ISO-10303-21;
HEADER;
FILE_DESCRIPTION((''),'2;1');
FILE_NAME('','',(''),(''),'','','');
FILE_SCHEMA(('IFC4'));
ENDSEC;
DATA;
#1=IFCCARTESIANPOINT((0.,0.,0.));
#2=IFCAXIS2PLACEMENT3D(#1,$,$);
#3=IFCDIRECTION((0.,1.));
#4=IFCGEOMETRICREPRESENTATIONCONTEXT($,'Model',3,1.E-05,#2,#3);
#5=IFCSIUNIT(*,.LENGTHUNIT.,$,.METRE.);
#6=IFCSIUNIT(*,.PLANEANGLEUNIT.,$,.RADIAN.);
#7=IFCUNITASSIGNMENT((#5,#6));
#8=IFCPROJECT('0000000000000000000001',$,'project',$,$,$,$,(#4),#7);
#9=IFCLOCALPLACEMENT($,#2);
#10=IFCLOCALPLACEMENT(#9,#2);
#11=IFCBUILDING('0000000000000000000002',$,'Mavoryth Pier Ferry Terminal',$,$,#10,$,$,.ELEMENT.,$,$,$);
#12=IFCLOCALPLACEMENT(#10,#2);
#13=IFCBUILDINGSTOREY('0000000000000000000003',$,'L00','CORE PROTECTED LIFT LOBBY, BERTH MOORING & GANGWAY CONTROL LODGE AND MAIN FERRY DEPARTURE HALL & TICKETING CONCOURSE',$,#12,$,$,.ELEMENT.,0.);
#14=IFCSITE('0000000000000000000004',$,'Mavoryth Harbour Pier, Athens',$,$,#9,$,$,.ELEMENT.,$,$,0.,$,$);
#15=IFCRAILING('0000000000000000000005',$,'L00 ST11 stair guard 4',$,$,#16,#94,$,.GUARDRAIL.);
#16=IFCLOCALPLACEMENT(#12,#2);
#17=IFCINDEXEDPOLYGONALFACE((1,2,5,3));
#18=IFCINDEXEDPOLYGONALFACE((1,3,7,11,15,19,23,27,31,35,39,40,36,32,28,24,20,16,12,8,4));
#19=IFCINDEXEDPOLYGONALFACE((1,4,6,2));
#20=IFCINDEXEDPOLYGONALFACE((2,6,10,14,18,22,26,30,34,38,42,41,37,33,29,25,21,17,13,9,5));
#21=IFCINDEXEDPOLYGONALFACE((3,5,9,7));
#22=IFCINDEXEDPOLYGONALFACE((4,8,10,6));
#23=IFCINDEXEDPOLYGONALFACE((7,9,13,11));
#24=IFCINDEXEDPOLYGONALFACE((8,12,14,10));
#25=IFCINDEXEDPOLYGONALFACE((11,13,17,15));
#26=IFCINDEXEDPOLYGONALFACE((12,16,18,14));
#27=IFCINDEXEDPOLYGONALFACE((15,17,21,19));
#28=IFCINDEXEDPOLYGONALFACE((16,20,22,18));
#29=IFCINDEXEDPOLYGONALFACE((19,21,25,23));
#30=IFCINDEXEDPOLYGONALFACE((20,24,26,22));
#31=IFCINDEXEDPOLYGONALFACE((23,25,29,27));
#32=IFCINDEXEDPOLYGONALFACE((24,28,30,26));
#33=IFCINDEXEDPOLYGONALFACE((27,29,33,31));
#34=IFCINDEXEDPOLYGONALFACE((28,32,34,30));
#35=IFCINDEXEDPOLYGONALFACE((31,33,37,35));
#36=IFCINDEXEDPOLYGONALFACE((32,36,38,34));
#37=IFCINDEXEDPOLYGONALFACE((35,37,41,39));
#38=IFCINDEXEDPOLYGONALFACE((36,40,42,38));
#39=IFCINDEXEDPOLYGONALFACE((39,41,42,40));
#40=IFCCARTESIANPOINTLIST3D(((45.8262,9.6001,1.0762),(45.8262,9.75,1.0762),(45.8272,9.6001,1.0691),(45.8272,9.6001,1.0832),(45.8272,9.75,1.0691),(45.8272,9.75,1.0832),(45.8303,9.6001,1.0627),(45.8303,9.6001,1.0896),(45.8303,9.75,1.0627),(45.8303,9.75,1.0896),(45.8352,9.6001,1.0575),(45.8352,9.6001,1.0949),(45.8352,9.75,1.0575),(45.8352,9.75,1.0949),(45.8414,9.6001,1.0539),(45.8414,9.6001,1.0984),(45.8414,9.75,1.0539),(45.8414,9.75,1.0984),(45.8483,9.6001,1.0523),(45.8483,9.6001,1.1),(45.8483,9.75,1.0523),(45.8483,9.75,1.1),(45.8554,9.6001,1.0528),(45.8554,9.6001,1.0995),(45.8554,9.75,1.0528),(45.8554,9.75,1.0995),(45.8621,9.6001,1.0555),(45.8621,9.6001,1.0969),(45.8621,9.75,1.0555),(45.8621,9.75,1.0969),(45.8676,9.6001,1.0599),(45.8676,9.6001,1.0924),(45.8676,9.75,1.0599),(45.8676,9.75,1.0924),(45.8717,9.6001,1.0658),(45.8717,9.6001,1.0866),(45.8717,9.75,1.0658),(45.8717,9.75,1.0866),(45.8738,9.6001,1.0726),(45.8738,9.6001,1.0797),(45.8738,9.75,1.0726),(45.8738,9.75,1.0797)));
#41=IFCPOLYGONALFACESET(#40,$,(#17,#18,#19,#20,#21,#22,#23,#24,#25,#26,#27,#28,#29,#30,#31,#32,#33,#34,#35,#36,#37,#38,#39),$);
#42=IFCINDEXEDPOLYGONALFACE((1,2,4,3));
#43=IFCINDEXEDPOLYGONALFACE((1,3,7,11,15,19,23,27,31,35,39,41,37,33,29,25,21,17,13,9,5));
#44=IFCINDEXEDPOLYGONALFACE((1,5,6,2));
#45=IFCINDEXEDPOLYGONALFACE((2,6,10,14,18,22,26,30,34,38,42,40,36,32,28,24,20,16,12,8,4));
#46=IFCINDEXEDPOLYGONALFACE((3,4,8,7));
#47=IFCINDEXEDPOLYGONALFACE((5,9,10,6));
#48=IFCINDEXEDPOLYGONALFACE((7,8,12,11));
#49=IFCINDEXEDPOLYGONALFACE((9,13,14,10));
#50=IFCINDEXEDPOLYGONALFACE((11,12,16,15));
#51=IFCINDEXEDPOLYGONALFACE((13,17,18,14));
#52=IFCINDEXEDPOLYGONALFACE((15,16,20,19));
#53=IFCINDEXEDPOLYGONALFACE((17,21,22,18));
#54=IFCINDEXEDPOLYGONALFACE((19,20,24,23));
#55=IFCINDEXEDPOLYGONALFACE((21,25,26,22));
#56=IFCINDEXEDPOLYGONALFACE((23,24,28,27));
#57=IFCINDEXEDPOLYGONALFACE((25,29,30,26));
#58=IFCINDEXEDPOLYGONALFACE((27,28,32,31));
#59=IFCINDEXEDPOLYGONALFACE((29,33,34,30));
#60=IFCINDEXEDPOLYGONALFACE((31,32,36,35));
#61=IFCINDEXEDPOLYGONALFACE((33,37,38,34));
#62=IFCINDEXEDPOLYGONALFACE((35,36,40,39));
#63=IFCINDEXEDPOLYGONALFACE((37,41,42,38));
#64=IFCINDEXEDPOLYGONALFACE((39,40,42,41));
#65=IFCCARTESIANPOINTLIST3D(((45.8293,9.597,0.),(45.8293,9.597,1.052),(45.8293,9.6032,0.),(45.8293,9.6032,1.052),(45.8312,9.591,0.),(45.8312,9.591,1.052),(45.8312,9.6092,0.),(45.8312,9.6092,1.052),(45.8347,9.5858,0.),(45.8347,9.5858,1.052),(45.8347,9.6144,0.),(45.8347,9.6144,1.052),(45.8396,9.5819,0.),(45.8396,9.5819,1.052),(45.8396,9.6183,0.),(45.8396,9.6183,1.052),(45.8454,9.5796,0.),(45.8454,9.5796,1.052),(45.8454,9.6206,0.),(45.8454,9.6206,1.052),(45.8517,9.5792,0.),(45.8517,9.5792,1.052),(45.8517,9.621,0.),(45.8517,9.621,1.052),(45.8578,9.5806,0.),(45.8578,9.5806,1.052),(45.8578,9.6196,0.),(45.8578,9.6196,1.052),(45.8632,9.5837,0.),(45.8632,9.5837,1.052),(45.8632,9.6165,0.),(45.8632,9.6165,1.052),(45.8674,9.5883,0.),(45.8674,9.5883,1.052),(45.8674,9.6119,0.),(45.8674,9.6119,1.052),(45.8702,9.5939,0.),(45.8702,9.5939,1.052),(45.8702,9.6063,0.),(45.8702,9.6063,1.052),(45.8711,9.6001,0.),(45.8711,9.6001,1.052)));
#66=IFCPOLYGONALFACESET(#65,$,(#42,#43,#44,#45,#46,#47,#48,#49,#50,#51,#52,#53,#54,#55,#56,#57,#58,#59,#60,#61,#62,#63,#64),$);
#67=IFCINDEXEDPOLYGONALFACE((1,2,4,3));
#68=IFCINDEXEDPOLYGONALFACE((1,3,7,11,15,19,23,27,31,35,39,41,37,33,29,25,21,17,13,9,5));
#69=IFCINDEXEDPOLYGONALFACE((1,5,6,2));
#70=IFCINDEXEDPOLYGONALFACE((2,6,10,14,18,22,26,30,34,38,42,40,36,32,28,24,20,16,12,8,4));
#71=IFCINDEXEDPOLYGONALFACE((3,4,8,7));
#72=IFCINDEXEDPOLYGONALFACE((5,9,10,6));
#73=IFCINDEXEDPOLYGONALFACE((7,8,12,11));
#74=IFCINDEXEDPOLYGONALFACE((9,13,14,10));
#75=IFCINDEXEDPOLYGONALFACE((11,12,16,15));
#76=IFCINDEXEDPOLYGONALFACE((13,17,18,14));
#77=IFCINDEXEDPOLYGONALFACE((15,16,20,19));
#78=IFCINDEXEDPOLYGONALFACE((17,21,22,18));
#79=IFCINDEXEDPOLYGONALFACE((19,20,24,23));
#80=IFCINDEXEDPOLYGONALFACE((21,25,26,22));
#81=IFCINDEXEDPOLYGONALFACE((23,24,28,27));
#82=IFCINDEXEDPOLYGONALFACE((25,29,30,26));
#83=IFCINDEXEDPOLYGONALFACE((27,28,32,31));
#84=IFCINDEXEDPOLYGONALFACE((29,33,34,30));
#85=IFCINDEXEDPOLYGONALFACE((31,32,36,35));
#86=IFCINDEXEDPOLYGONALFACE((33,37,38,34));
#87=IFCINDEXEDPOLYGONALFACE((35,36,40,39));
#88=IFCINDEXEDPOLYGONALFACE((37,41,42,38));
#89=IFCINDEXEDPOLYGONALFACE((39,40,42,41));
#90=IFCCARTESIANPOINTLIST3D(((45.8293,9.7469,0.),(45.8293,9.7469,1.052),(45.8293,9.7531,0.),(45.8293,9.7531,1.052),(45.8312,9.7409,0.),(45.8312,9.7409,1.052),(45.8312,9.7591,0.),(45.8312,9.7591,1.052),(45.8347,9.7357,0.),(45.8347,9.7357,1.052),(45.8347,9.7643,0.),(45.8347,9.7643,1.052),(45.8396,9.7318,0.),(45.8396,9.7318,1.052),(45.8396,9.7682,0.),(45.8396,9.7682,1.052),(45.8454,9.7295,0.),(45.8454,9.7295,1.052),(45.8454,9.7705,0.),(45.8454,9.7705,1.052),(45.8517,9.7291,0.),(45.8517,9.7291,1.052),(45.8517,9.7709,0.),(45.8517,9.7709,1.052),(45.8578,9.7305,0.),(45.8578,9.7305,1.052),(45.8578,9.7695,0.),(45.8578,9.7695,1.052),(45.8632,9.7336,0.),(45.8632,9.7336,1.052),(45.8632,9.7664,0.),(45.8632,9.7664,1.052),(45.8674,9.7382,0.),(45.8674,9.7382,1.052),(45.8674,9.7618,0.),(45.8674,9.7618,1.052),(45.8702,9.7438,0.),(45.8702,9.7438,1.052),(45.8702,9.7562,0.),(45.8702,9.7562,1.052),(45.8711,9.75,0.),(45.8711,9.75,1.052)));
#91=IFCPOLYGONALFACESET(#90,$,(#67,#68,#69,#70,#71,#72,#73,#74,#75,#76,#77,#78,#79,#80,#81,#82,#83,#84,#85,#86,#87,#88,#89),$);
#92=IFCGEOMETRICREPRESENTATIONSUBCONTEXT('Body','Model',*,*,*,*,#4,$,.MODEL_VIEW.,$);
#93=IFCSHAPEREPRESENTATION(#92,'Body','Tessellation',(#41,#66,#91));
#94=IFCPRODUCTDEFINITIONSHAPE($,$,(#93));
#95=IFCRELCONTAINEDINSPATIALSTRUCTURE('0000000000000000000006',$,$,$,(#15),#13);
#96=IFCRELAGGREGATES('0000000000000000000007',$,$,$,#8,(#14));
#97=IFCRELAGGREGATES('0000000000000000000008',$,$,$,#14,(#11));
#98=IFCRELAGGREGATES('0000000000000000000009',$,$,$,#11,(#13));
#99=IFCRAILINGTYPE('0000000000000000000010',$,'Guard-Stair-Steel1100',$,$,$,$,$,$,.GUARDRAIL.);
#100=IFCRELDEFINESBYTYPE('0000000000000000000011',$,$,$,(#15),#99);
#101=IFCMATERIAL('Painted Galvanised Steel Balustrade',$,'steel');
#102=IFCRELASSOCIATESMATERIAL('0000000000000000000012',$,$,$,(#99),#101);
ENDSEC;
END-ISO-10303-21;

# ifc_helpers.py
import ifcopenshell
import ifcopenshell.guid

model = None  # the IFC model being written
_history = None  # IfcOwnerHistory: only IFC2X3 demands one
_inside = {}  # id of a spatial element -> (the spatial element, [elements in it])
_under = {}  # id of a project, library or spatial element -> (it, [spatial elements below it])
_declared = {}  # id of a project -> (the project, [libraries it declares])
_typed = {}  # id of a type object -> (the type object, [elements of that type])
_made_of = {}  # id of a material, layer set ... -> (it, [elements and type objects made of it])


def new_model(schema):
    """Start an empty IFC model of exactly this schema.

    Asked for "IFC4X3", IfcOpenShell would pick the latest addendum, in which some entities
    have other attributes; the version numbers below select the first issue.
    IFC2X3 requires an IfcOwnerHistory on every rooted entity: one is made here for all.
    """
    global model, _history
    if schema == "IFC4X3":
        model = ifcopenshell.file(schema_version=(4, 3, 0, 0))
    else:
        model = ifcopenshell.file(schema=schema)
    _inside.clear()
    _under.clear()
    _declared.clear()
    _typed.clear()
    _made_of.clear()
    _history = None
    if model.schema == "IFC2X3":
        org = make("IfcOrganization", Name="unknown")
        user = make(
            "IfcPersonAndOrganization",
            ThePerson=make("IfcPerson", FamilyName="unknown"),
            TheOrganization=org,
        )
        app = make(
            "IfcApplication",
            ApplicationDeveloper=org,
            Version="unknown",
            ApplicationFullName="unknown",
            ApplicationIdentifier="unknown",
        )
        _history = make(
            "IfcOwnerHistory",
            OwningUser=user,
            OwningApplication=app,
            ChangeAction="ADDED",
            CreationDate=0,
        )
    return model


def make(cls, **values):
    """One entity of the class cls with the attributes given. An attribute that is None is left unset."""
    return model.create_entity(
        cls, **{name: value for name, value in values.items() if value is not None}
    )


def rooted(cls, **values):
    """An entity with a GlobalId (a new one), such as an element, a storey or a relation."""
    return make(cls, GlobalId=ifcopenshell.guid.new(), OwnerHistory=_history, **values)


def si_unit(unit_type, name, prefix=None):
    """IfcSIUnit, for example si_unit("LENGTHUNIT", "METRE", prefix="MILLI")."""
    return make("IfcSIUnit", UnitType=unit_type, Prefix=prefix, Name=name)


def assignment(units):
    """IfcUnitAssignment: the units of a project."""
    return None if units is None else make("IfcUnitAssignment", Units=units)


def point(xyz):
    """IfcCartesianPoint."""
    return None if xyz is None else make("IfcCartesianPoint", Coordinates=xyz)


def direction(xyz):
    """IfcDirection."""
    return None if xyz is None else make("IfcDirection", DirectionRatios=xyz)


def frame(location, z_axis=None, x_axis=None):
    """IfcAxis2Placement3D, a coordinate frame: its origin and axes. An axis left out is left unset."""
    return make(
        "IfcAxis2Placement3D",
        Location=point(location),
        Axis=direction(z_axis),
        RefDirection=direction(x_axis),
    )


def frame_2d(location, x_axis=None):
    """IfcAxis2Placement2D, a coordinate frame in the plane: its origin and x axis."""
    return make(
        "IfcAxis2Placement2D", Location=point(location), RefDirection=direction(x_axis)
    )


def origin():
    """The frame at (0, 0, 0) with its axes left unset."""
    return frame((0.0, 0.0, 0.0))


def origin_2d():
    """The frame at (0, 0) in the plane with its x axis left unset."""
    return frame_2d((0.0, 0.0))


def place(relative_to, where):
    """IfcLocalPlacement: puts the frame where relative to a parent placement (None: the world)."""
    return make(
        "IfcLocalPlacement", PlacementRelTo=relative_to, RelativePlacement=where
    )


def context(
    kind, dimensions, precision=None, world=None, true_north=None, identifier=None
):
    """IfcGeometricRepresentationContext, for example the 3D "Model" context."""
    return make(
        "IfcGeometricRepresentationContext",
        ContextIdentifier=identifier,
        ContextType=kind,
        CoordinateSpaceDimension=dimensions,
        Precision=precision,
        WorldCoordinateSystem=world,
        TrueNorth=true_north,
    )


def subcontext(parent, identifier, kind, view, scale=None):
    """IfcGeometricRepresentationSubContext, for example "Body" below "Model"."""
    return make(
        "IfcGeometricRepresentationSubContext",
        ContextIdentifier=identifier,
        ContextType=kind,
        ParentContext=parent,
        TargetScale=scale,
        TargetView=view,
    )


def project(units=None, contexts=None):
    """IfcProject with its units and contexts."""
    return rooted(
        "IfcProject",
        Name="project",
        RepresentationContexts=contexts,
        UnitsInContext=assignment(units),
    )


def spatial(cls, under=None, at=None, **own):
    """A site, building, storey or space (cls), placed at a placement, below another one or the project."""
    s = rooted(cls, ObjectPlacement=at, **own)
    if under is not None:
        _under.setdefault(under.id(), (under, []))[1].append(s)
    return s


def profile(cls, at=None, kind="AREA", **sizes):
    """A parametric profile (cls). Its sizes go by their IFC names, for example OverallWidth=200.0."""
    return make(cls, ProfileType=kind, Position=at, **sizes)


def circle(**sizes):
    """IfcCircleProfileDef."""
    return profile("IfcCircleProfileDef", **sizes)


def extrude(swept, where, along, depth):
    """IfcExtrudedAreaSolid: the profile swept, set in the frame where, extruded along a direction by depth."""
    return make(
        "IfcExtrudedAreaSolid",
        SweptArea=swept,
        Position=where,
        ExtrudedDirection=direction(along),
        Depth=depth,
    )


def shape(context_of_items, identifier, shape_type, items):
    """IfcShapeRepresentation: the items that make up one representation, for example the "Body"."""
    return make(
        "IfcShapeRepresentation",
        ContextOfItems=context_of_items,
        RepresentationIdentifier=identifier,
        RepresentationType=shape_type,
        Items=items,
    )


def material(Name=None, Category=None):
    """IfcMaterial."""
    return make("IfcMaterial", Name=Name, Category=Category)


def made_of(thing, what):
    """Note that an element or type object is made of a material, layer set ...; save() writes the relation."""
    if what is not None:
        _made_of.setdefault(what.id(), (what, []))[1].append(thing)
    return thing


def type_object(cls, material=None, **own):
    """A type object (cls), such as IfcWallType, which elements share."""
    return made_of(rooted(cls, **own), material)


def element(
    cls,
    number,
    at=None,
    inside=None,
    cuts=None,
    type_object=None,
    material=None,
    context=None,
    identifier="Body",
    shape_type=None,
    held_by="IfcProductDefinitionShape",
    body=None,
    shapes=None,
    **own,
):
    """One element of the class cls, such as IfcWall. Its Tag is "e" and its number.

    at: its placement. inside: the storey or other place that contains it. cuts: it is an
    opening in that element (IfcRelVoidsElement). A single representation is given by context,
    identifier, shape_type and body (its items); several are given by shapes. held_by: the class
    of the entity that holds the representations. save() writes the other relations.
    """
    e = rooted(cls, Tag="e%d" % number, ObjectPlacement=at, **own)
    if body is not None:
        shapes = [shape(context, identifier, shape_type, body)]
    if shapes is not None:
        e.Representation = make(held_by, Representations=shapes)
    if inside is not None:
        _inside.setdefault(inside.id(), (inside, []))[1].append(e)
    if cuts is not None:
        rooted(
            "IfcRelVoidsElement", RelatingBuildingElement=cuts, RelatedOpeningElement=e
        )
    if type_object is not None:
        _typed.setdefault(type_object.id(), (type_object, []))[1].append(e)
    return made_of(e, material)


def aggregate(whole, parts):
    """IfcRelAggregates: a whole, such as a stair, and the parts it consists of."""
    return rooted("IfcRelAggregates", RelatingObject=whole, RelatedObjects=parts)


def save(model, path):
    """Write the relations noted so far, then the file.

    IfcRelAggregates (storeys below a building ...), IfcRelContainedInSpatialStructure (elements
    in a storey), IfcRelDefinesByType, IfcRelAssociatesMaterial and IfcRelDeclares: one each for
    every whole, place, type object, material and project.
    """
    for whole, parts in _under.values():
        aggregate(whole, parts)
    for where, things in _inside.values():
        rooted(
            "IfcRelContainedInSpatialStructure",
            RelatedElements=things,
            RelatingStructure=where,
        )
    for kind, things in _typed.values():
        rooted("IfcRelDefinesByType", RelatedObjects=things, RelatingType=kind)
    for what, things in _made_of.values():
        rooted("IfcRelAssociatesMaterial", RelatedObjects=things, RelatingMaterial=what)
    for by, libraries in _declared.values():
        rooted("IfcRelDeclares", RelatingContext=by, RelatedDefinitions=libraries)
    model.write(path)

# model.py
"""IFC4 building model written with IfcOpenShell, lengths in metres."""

from ifc_helpers import new_model, si_unit, direction, frame, origin, origin_2d, place, context, subcontext, project, spatial, circle, extrude, material, type_object, element, save


model = new_model("IFC4")

# Units and contexts
model_context = context("Model", 3, precision=1e-05, world=origin(), true_north=direction((0.0, 1.0)))
body_context = subcontext(model_context, "Body", "Model", "MODEL_VIEW")
ifc_project = project(units=[si_unit("LENGTHUNIT", "METRE"), si_unit("PLANEANGLEUNIT", "RADIAN")], contexts=[model_context])

# Site, building, storey
site_placement = place(None, origin())
site = spatial("IfcSite", under=ifc_project, at=site_placement, Name="Mavoryth Harbour Pier, Athens", CompositionType="ELEMENT", RefElevation=0.0)
building_placement = place(site_placement, origin())
building = spatial("IfcBuilding", under=site, at=building_placement, Name="Mavoryth Pier Ferry Terminal", CompositionType="ELEMENT")
storey_placement = place(building_placement, origin())
storey = spatial("IfcBuildingStorey", under=building, at=storey_placement, Name="L00", Description="CORE PROTECTED LIFT LOBBY, BERTH MOORING & GANGWAY CONTROL LODGE AND MAIN FERRY DEPARTURE HALL & TICKETING CONCOURSE", CompositionType="ELEMENT", Elevation=0.0)

# Railing
ifc_material_1 = material(Name="Painted Galvanised Steel Balustrade", Category="steel")
railing_type_1 = type_object("IfcRailingType", Name="Guard-Stair-Steel1100", PredefinedType="GUARDRAIL", material=ifc_material_1)
railing_1_placement = place(storey_placement, frame((45.8501, 9.6001, 0.0)))
element("IfcRailing", 1, at=railing_1_placement, inside=storey, type_object=railing_type_1, Name="L00 ST11 stair guard 4", PredefinedType="GUARDRAIL", context=body_context, shape_type="SweptSolid", body=[
    extrude(circle(Radius=0.0239, at=origin_2d()), frame((0.0, 0.0, 1.0762), z_axis=(0.0, 1.0, 0.0), x_axis=(-1.0, 0.0, 0.0)), (0.0, 0.0, 1.0), 0.1499),
    extrude(circle(Radius=0.021, at=origin_2d()), origin(), (0.0, 0.0, 1.0), 1.052),
    extrude(circle(Radius=0.021, at=origin_2d()), frame((0.0, 0.1499, 0.0)), (0.0, 0.0, 1.0), 1.052),
])

save(model, "model.ifc")
